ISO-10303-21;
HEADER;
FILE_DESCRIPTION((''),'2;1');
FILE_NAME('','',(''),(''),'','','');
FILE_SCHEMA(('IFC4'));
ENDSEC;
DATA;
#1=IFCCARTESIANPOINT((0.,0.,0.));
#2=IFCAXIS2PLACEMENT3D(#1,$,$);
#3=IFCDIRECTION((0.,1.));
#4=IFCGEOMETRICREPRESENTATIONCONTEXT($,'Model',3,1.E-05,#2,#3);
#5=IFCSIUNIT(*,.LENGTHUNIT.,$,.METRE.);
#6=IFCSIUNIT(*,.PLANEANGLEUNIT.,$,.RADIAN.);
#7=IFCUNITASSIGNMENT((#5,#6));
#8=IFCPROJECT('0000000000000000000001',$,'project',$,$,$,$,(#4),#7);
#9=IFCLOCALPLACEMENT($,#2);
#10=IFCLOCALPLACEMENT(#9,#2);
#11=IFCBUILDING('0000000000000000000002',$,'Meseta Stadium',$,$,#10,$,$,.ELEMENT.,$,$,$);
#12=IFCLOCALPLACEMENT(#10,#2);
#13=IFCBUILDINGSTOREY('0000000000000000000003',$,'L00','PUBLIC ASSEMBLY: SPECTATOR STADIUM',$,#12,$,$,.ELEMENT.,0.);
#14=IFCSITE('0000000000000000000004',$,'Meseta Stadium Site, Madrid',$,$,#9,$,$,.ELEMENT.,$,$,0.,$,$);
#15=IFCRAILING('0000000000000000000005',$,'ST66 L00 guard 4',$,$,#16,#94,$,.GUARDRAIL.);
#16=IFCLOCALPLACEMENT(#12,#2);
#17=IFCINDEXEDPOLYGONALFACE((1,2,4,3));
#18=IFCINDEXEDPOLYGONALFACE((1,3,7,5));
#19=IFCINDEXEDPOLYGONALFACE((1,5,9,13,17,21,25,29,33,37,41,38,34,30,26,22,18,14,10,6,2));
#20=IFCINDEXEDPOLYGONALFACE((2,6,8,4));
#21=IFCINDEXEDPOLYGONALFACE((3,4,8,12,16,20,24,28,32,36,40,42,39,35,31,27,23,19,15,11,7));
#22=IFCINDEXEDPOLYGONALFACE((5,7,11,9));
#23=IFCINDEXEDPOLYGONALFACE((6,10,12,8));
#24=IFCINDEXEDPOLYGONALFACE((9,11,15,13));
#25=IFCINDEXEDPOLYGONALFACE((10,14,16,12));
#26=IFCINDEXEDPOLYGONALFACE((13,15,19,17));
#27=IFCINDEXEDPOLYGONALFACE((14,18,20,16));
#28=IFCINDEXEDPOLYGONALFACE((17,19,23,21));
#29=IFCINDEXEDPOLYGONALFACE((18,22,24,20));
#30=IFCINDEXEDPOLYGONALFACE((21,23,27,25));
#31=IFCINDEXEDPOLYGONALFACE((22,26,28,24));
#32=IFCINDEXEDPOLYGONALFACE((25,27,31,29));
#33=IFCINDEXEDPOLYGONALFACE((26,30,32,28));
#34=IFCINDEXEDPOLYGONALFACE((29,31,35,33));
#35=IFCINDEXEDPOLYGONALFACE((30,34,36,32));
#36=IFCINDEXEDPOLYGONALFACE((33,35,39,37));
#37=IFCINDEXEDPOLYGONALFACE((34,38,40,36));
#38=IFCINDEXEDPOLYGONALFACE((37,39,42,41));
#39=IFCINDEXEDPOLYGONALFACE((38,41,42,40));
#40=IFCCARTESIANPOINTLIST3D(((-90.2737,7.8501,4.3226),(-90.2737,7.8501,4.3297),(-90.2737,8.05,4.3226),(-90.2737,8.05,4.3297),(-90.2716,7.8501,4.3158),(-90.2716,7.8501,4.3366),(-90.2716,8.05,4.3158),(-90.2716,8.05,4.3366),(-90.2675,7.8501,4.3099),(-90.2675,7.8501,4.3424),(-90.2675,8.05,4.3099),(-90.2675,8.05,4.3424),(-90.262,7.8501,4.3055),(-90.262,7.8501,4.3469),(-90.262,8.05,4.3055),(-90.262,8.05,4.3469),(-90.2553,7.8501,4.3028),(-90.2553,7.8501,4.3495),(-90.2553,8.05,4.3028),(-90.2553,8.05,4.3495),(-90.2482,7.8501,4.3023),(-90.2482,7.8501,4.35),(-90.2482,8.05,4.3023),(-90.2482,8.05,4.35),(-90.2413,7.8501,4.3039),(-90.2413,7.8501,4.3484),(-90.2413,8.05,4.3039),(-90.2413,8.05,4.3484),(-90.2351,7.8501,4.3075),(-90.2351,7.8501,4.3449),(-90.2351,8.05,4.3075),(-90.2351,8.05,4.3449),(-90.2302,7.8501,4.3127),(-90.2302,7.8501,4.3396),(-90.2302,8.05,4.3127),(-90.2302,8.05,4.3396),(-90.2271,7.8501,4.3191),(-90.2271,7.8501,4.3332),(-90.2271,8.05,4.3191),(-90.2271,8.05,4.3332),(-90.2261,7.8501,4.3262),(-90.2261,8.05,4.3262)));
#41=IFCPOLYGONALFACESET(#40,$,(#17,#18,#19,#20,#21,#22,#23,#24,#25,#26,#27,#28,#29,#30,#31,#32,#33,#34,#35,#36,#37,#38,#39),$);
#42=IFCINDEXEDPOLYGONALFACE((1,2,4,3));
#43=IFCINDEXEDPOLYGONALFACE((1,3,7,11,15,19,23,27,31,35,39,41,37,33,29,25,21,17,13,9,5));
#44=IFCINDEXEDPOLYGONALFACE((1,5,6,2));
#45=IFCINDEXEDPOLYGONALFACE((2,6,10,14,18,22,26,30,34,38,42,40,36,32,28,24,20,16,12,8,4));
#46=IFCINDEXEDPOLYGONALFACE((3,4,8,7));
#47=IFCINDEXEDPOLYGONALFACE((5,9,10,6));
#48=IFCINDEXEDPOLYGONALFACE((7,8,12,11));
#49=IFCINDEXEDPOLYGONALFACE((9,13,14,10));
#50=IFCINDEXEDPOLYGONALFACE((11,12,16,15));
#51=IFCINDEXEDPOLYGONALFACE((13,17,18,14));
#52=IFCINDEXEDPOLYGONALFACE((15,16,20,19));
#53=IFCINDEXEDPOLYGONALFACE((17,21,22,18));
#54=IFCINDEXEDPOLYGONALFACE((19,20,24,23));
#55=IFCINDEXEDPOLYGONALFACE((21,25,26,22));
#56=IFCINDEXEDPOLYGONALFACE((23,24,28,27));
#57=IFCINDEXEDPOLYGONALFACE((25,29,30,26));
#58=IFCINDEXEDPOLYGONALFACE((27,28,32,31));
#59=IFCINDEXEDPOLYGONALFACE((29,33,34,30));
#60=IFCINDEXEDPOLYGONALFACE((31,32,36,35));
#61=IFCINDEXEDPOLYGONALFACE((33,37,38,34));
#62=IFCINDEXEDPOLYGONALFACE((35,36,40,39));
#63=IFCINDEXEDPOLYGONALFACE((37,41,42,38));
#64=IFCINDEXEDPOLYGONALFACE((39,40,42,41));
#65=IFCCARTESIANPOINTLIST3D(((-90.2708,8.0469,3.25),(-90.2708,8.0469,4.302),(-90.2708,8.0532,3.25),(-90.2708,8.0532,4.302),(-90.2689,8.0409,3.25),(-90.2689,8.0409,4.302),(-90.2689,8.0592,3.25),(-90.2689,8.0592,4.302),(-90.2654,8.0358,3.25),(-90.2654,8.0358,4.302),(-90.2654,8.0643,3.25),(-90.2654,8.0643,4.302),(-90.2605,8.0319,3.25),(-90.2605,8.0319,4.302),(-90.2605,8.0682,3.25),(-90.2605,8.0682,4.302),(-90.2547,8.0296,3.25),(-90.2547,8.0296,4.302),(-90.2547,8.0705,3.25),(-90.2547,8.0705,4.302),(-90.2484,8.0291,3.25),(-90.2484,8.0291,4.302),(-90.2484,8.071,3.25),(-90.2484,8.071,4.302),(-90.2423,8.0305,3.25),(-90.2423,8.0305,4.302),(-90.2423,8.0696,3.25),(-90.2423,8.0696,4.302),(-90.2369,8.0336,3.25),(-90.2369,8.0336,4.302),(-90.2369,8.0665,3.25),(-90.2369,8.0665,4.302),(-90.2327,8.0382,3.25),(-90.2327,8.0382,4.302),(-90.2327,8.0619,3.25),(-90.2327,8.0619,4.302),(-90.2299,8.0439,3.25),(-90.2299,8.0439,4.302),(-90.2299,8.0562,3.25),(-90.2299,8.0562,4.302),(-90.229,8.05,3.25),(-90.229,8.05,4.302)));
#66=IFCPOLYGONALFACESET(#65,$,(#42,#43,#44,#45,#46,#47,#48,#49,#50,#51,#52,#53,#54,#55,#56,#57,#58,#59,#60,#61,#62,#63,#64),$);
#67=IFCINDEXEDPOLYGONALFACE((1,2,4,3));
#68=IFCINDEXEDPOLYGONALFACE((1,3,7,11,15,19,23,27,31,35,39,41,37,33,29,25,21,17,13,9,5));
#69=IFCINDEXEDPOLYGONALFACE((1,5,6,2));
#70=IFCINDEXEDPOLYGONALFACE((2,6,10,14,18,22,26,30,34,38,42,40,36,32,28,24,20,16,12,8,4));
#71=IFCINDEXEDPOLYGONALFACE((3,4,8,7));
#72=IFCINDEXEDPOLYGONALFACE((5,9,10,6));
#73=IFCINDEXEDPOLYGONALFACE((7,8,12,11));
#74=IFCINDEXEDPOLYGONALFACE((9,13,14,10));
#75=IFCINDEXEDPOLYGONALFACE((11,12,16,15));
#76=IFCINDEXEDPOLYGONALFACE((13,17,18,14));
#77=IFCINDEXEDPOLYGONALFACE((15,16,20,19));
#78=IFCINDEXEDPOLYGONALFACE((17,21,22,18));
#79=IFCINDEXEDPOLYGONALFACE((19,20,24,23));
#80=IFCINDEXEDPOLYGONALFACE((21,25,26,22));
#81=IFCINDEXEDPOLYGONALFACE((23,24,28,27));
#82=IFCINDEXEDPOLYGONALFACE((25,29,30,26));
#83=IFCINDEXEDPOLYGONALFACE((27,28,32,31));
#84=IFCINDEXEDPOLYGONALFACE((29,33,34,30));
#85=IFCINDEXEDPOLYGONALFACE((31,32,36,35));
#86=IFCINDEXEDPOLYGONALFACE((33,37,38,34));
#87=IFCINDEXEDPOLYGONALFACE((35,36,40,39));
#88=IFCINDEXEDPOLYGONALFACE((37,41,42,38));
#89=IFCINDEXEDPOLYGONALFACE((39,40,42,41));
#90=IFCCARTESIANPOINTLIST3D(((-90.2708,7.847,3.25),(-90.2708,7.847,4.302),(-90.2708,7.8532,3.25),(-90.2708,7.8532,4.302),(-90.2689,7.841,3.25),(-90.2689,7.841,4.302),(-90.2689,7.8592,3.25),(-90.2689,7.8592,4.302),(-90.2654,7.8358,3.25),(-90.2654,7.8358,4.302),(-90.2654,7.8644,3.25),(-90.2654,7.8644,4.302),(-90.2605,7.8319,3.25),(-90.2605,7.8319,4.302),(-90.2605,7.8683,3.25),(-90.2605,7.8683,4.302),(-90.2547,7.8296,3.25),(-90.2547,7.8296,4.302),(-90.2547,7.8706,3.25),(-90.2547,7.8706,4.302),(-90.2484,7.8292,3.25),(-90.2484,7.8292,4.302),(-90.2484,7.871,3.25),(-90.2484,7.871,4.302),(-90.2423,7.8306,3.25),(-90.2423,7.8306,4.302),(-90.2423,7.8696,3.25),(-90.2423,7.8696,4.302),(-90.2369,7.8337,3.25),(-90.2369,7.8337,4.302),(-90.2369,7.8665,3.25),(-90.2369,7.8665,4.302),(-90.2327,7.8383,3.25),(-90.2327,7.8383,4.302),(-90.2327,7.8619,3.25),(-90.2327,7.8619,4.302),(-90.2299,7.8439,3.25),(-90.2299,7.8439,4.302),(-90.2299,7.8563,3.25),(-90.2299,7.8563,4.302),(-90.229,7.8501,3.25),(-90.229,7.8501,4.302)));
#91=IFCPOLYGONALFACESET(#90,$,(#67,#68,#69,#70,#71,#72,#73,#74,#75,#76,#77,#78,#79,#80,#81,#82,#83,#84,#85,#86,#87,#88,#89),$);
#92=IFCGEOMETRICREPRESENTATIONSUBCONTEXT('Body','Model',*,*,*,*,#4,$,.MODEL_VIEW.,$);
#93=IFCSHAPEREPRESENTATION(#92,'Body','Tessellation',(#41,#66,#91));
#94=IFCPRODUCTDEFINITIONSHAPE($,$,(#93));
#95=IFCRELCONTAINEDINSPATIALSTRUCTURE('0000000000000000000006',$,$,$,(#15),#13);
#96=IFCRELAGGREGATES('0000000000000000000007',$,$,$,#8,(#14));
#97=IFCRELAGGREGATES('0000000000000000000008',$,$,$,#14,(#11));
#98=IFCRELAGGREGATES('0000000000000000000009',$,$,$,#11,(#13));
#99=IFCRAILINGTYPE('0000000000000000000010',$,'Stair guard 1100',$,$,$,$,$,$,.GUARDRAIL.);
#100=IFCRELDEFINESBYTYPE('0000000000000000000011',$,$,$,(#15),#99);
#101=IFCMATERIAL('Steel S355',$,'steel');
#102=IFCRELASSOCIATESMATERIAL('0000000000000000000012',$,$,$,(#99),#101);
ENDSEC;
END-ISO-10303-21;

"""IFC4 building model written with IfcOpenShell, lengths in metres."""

from ifc_helpers import new_model, si_unit, direction, frame, origin, origin_2d, place, context, subcontext, project, spatial, circle, extrude, material, type_object, element, save


model = new_model("IFC4")

# Units and contexts
model_context = context("Model", 3, precision=1e-05, world=origin(), true_north=direction((0.0, 1.0)))
body_context = subcontext(model_context, "Body", "Model", "MODEL_VIEW")
ifc_project = project(units=[si_unit("LENGTHUNIT", "METRE"), si_unit("PLANEANGLEUNIT", "RADIAN")], contexts=[model_context])

# Site, building, storey
site_placement = place(None, origin())
site = spatial("IfcSite", under=ifc_project, at=site_placement, Name="Meseta Stadium Site, Madrid", CompositionType="ELEMENT", RefElevation=0.0)
building_placement = place(site_placement, origin())
building = spatial("IfcBuilding", under=site, at=building_placement, Name="Meseta Stadium", CompositionType="ELEMENT")
storey_placement = place(building_placement, origin())
storey = spatial("IfcBuildingStorey", under=building, at=storey_placement, Name="L00", Description="PUBLIC ASSEMBLY: SPECTATOR STADIUM", CompositionType="ELEMENT", Elevation=0.0)

# Railing
ifc_material_1 = material(Name="Steel S355", Category="steel")
railing_type_1 = type_object("IfcRailingType", Name="Stair guard 1100", PredefinedType="GUARDRAIL", material=ifc_material_1)
railing_1_placement = place(storey_placement, frame((-90.25, 8.05, 3.25)))
element("IfcRailing", 1, at=railing_1_placement, inside=storey, type_object=railing_type_1, Name="ST66 L00 guard 4", PredefinedType="GUARDRAIL", context=body_context, shape_type="SweptSolid", body=[
    extrude(circle(Radius=0.0239, at=origin_2d()), frame((0.0, 0.0, 1.0762), z_axis=(0.0, -1.0, 0.0), x_axis=(1.0, 0.0, 0.0)), (0.0, 0.0, 1.0), 0.2),
    extrude(circle(Radius=0.021, at=origin_2d()), origin(), (0.0, 0.0, 1.0), 1.052),
    extrude(circle(Radius=0.021, at=origin_2d()), frame((0.0, -0.2, 0.0)), (0.0, 0.0, 1.0), 1.052),
])

save(model, "model.ifc")
